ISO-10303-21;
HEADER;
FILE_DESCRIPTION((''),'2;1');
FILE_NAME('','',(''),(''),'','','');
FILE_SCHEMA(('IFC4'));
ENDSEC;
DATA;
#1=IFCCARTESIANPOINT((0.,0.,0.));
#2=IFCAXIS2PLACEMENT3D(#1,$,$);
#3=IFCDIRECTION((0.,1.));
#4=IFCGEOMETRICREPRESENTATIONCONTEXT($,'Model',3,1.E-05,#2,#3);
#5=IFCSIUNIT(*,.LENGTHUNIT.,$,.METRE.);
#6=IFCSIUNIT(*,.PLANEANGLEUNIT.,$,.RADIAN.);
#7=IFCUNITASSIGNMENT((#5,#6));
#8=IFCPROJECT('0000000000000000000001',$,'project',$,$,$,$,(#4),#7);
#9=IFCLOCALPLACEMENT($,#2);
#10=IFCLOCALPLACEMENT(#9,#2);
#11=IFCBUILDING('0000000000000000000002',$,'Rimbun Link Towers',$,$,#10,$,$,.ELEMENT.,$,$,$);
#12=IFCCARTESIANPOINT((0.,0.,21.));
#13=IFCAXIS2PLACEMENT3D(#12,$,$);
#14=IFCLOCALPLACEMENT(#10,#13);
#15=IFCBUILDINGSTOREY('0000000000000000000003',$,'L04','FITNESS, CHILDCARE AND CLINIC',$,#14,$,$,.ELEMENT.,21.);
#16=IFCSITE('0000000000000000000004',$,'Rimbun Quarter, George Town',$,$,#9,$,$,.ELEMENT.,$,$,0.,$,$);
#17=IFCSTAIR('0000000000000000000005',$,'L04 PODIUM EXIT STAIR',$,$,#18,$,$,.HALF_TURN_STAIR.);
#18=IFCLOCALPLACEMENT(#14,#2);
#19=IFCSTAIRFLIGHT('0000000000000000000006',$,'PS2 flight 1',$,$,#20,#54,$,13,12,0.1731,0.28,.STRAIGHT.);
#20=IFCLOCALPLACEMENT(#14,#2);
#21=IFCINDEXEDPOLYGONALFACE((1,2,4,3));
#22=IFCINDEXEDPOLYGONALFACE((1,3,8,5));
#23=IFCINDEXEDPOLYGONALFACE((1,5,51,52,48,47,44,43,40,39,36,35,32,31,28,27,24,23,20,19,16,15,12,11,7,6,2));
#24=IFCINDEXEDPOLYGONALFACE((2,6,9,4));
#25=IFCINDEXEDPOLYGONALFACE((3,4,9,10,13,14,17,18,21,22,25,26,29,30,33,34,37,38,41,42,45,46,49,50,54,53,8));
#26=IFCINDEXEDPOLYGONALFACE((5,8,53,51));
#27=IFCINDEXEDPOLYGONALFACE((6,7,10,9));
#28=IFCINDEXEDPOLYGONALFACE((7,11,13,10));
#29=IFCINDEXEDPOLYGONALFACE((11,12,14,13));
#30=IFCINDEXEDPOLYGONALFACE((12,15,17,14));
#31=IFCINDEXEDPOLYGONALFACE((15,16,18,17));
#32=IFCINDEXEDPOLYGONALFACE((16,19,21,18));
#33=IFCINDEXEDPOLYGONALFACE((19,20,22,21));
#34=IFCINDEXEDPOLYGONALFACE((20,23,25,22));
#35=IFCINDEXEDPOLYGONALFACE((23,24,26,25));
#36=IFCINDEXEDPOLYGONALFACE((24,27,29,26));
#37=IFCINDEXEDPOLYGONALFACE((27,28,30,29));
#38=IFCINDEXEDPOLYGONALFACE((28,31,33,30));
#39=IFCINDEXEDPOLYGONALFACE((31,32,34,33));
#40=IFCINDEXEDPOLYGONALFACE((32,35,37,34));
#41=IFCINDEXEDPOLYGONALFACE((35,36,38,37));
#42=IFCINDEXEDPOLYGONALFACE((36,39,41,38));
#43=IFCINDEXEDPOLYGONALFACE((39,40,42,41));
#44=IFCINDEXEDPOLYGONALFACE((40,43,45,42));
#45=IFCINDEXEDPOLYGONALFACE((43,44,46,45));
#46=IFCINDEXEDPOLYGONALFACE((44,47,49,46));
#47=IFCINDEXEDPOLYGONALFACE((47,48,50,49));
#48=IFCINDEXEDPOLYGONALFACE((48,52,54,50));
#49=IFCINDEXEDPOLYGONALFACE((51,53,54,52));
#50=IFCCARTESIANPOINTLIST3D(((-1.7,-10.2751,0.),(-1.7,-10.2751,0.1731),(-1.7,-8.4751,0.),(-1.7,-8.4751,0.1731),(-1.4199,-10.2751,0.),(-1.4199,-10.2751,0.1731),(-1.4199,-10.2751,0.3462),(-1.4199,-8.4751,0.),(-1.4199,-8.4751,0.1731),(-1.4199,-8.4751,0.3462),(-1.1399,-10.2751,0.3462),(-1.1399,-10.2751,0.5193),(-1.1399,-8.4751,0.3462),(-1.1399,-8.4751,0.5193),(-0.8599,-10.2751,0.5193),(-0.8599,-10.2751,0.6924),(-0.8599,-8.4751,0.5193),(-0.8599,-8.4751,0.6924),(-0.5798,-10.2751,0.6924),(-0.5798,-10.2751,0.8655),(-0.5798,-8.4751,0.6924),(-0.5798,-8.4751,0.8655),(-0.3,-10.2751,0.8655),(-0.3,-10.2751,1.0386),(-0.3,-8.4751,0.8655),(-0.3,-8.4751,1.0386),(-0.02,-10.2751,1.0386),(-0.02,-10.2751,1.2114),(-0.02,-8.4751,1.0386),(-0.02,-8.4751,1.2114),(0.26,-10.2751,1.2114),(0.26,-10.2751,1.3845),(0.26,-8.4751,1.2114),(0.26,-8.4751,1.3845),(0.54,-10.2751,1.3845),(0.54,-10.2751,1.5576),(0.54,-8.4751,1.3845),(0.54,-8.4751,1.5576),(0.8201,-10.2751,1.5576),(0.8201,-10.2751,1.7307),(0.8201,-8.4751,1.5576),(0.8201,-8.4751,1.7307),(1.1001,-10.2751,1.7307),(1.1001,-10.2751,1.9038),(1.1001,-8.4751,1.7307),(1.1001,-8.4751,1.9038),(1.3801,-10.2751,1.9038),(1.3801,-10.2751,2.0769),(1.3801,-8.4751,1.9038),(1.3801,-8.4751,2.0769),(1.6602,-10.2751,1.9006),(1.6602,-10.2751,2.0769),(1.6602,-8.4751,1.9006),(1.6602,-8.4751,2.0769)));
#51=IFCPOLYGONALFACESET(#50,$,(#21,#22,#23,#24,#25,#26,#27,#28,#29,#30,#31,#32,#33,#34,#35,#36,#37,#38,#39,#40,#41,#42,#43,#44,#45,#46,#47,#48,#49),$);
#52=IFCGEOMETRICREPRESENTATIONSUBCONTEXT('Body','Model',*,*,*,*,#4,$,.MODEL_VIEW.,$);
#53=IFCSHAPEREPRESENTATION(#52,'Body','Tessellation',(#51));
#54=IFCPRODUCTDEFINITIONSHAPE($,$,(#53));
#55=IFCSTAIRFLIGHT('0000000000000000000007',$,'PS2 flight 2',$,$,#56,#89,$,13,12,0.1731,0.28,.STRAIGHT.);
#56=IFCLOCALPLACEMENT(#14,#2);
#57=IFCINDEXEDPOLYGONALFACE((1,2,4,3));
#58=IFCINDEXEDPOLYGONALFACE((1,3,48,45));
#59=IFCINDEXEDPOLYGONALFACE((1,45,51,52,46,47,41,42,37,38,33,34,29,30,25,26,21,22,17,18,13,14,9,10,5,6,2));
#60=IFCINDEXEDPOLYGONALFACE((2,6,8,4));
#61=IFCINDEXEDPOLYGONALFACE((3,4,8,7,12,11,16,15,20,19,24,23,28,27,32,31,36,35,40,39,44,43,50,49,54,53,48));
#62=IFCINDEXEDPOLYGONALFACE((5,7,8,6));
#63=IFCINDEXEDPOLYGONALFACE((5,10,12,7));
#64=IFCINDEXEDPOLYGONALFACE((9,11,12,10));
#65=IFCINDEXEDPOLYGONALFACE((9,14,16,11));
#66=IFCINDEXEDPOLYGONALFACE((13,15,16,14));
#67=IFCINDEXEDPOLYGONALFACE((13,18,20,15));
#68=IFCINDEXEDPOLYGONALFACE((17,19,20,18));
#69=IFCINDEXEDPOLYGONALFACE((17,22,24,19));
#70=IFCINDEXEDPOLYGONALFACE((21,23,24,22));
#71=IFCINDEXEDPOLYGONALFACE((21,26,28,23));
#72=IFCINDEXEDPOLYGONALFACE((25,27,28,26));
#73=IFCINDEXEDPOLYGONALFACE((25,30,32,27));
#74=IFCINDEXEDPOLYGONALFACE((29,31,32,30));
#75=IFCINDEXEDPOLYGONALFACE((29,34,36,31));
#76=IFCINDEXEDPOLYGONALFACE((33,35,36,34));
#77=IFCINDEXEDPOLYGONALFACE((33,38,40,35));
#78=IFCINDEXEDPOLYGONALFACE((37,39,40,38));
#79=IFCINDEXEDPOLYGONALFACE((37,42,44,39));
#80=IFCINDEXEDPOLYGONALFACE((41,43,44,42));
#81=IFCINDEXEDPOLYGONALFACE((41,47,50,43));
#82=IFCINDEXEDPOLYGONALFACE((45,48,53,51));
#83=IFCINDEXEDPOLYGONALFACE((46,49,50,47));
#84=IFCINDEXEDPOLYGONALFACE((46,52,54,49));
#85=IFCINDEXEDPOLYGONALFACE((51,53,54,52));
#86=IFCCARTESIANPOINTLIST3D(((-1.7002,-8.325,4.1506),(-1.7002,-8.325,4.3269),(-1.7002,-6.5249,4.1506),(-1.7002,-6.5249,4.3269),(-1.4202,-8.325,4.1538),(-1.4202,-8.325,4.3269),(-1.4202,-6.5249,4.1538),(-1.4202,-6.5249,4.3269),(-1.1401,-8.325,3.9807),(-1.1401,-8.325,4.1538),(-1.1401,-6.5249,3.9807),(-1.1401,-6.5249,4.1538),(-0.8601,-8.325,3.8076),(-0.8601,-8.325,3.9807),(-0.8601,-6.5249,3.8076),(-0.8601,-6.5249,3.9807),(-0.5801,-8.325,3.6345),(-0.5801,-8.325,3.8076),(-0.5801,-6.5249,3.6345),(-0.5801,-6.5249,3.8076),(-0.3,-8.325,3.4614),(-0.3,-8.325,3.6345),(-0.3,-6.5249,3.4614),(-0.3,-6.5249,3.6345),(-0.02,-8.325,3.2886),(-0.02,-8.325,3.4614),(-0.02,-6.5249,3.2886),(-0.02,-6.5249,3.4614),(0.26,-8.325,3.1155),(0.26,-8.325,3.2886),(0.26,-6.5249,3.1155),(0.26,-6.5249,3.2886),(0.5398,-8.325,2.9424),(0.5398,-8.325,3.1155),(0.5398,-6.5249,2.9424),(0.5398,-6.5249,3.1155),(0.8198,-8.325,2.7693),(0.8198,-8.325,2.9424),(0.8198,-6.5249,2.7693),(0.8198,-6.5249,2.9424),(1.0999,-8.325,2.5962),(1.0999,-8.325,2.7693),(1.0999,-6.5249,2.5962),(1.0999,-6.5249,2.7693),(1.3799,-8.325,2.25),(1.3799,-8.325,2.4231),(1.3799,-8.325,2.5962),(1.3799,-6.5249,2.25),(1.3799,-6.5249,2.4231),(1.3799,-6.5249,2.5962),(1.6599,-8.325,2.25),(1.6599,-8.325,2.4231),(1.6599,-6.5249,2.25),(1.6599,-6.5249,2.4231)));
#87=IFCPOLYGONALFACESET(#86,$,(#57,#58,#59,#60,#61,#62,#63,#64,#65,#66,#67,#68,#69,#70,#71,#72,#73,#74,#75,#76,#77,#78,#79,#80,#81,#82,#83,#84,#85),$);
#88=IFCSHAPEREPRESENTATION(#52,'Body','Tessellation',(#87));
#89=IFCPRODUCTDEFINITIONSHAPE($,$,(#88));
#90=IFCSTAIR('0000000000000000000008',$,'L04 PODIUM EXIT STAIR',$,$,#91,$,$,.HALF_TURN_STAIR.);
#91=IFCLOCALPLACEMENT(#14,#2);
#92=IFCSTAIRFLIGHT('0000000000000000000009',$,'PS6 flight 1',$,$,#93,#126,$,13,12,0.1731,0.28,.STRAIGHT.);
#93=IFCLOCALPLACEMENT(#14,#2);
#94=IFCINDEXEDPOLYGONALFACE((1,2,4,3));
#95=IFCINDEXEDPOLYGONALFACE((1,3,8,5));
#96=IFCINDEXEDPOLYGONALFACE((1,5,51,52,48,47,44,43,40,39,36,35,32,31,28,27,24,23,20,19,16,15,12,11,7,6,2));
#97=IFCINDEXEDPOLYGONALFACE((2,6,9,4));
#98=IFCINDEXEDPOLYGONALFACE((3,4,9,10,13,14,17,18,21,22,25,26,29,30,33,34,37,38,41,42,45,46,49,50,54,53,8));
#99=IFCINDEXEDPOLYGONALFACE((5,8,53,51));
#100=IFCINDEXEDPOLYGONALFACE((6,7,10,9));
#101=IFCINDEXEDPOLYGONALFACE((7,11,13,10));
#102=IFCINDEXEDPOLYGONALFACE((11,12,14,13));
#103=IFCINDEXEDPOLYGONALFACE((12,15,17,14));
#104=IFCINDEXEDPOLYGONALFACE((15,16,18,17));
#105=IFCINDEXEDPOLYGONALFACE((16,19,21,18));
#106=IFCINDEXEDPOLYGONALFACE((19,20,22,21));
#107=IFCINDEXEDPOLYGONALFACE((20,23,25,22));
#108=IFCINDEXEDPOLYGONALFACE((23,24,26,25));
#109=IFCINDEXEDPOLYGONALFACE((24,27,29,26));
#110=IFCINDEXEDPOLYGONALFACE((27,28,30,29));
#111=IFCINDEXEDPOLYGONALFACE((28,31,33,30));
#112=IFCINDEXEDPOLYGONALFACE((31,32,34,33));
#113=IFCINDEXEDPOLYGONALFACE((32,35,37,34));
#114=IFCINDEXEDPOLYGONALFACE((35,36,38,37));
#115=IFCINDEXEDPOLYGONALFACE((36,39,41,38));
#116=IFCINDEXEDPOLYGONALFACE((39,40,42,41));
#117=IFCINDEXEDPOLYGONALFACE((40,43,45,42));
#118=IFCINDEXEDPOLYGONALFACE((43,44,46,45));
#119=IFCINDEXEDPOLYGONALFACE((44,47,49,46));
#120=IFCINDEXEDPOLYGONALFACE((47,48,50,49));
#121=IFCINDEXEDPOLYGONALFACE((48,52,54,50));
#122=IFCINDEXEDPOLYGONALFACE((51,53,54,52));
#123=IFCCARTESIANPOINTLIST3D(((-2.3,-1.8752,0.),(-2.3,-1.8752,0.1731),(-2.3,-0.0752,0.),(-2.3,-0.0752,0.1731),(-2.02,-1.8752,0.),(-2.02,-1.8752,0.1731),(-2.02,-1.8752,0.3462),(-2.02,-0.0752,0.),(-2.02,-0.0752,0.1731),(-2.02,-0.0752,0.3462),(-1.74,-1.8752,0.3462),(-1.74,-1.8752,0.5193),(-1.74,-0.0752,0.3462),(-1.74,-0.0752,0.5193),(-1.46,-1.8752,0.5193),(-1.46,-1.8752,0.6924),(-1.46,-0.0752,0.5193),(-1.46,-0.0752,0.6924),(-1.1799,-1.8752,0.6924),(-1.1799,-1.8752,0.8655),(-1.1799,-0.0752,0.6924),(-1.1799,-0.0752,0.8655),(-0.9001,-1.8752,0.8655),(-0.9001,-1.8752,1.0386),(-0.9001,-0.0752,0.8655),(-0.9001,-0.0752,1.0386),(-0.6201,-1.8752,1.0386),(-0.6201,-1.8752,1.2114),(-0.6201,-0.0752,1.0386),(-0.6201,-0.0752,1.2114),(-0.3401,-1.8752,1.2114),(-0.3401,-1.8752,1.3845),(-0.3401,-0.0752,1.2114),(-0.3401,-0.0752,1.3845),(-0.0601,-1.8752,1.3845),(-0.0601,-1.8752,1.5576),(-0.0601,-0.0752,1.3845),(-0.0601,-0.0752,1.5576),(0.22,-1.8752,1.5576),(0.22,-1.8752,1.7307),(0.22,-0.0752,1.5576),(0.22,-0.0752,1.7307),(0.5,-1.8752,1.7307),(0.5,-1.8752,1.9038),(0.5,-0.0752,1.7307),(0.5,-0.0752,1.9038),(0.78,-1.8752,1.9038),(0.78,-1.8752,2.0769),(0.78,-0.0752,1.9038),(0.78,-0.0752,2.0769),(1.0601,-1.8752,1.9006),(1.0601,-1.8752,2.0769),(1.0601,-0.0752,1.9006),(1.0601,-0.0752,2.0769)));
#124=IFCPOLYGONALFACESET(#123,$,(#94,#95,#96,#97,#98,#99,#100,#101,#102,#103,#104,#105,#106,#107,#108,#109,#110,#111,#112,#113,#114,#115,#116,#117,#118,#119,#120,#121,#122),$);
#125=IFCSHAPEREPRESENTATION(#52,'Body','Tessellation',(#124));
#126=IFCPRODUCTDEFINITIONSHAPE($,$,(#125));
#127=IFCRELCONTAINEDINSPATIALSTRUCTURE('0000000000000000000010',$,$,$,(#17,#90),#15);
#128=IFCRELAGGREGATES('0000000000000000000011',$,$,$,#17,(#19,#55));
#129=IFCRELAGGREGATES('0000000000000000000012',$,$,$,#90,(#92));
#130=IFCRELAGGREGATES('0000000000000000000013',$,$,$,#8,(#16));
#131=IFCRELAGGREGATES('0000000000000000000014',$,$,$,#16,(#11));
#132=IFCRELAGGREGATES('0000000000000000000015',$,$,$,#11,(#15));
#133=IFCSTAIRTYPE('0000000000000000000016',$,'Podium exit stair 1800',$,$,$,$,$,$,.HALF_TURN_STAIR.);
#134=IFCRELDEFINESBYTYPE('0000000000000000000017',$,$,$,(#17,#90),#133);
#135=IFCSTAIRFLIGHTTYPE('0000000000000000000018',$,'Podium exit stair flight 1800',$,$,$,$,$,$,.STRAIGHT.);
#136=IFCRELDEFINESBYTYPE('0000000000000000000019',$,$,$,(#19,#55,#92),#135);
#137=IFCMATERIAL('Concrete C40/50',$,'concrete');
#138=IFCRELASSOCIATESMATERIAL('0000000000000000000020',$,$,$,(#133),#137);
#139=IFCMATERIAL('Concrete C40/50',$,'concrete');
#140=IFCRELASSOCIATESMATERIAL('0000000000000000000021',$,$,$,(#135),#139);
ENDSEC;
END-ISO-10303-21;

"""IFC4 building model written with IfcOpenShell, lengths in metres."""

from ifc_helpers import new_model, si_unit, direction, frame, origin, place, context, subcontext, project, spatial, polyline, outline, extrude, material, type_object, element, aggregate, save


model = new_model("IFC4")

# Units and contexts
model_context = context("Model", 3, precision=1e-05, world=origin(), true_north=direction((0.0, 1.0)))
body_context = subcontext(model_context, "Body", "Model", "MODEL_VIEW")
ifc_project = project(units=[si_unit("LENGTHUNIT", "METRE"), si_unit("PLANEANGLEUNIT", "RADIAN")], contexts=[model_context])

# Site, building, storey
site_placement = place(None, origin())
site = spatial("IfcSite", under=ifc_project, at=site_placement, Name="Rimbun Quarter, George Town", CompositionType="ELEMENT", RefElevation=0.0)
building_placement = place(site_placement, origin())
building = spatial("IfcBuilding", under=site, at=building_placement, Name="Rimbun Link Towers", CompositionType="ELEMENT")
storey_placement = place(building_placement, frame((0.0, 0.0, 21.0)))
storey = spatial("IfcBuildingStorey", under=building, at=storey_placement, Name="L04", Description="FITNESS, CHILDCARE AND CLINIC", CompositionType="ELEMENT", Elevation=21.0)

# Stair, stair flights
ifc_material_1 = material(Name="Concrete C40/50", Category="concrete")
stair_type_1 = type_object("IfcStairType", Name="Podium exit stair 1800", PredefinedType="HALF_TURN_STAIR", material=ifc_material_1)
stair_1_placement = place(storey_placement, origin())
stair_1 = element("IfcStair", 1, at=stair_1_placement, inside=storey, type_object=stair_type_1, Name="L04 PODIUM EXIT STAIR", PredefinedType="HALF_TURN_STAIR")
ifc_material_2 = material(Name="Concrete C40/50", Category="concrete")
stair_flight_type = type_object("IfcStairFlightType", Name="Podium exit stair flight 1800", PredefinedType="STRAIGHT", material=ifc_material_2)
stair_flight_1_placement = place(storey_placement, frame((-1.7, -9.375, 0.0), z_axis=(0.0, 0.0, 1.0), x_axis=(1.0, 0.0, 0.0)))
stair_flight_1 = element("IfcStairFlight", 2, at=stair_flight_1_placement, type_object=stair_flight_type, Name="PS2 flight 1", NumberOfRisers=13, NumberOfTreads=12, PredefinedType="STRAIGHT", RiserHeight=0.1731, TreadLength=0.28, context=body_context, shape_type="SweptSolid", body=[
    extrude(outline(polyline([(0.0, 0.0), (0.0, 0.1731), (0.28, 0.1731), (0.28, 0.3462), (0.5601, 0.3462), (0.5601, 0.5193), (0.8401, 0.5193), (0.8401, 0.6924), (1.1201, 0.6924), (1.1201, 0.8655), (1.3999, 0.8655), (1.3999, 1.0386), (1.6799, 1.0386), (1.6799, 1.2114), (1.96, 1.2114), (1.96, 1.3845), (2.24, 1.3845), (2.24, 1.5576), (2.52, 1.5576), (2.52, 1.7307), (2.8, 1.7307), (2.8, 1.9038), (3.0801, 1.9038), (3.0801, 2.0769), (3.3601, 2.0769), (3.3601, 2.25), (3.3601, 1.9006), (0.28, 0.0), (0.0, 0.0)])), frame((0.0, 0.8999, 0.0), z_axis=(0.0, -1.0, 0.0), x_axis=(1.0, 0.0, 0.0)), (0.0, 0.0, 1.0), 1.8),
])
stair_flight_2_placement = place(storey_placement, frame((1.6599, -7.425, 2.25), z_axis=(0.0, 0.0, 1.0), x_axis=(-1.0, 0.0, 0.0)))
stair_flight_2 = element("IfcStairFlight", 3, at=stair_flight_2_placement, type_object=stair_flight_type, Name="PS2 flight 2", NumberOfRisers=13, NumberOfTreads=12, PredefinedType="STRAIGHT", RiserHeight=0.1731, TreadLength=0.28, context=body_context, shape_type="SweptSolid", body=[
    extrude(outline(polyline([(0.0, 0.0), (0.0, 0.1731), (0.28, 0.1731), (0.28, 0.3462), (0.5601, 0.3462), (0.5601, 0.5193), (0.8401, 0.5193), (0.8401, 0.6924), (1.1201, 0.6924), (1.1201, 0.8655), (1.3999, 0.8655), (1.3999, 1.0386), (1.6799, 1.0386), (1.6799, 1.2114), (1.96, 1.2114), (1.96, 1.3845), (2.24, 1.3845), (2.24, 1.5576), (2.52, 1.5576), (2.52, 1.7307), (2.8, 1.7307), (2.8, 1.9038), (3.0801, 1.9038), (3.0801, 2.0769), (3.3601, 2.0769), (3.3601, 2.25), (3.3601, 1.9006), (0.28, 0.0), (0.0, 0.0)])), frame((0.0, 0.8999, 0.0), z_axis=(0.0, -1.0, 0.0), x_axis=(1.0, 0.0, 0.0)), (0.0, 0.0, 1.0), 1.8),
])
aggregate(stair_1, [stair_flight_1, stair_flight_2])

# Stair, stair flight
stair_2_placement = place(storey_placement, origin())
stair_2 = element("IfcStair", 4, at=stair_2_placement, inside=storey, type_object=stair_type_1, Name="L04 PODIUM EXIT STAIR", PredefinedType="HALF_TURN_STAIR")
stair_flight_3_placement = place(storey_placement, frame((-2.3, -0.9751, 0.0), z_axis=(0.0, 0.0, 1.0), x_axis=(1.0, 0.0, 0.0)))
stair_flight_3 = element("IfcStairFlight", 5, at=stair_flight_3_placement, type_object=stair_flight_type, Name="PS6 flight 1", NumberOfRisers=13, NumberOfTreads=12, PredefinedType="STRAIGHT", RiserHeight=0.1731, TreadLength=0.28, context=body_context, shape_type="SweptSolid", body=[
    extrude(outline(polyline([(0.0, 0.0), (0.0, 0.1731), (0.28, 0.1731), (0.28, 0.3462), (0.5601, 0.3462), (0.5601, 0.5193), (0.8401, 0.5193), (0.8401, 0.6924), (1.1201, 0.6924), (1.1201, 0.8655), (1.3999, 0.8655), (1.3999, 1.0386), (1.6799, 1.0386), (1.6799, 1.2114), (1.96, 1.2114), (1.96, 1.3845), (2.24, 1.3845), (2.24, 1.5576), (2.52, 1.5576), (2.52, 1.7307), (2.8, 1.7307), (2.8, 1.9038), (3.0801, 1.9038), (3.0801, 2.0769), (3.3601, 2.0769), (3.3601, 2.25), (3.3601, 1.9006), (0.28, 0.0), (0.0, 0.0)])), frame((0.0, 0.8999, 0.0), z_axis=(0.0, -1.0, 0.0), x_axis=(1.0, 0.0, 0.0)), (0.0, 0.0, 1.0), 1.8),
])
aggregate(stair_2, [stair_flight_3])

save(model, "model.ifc")
